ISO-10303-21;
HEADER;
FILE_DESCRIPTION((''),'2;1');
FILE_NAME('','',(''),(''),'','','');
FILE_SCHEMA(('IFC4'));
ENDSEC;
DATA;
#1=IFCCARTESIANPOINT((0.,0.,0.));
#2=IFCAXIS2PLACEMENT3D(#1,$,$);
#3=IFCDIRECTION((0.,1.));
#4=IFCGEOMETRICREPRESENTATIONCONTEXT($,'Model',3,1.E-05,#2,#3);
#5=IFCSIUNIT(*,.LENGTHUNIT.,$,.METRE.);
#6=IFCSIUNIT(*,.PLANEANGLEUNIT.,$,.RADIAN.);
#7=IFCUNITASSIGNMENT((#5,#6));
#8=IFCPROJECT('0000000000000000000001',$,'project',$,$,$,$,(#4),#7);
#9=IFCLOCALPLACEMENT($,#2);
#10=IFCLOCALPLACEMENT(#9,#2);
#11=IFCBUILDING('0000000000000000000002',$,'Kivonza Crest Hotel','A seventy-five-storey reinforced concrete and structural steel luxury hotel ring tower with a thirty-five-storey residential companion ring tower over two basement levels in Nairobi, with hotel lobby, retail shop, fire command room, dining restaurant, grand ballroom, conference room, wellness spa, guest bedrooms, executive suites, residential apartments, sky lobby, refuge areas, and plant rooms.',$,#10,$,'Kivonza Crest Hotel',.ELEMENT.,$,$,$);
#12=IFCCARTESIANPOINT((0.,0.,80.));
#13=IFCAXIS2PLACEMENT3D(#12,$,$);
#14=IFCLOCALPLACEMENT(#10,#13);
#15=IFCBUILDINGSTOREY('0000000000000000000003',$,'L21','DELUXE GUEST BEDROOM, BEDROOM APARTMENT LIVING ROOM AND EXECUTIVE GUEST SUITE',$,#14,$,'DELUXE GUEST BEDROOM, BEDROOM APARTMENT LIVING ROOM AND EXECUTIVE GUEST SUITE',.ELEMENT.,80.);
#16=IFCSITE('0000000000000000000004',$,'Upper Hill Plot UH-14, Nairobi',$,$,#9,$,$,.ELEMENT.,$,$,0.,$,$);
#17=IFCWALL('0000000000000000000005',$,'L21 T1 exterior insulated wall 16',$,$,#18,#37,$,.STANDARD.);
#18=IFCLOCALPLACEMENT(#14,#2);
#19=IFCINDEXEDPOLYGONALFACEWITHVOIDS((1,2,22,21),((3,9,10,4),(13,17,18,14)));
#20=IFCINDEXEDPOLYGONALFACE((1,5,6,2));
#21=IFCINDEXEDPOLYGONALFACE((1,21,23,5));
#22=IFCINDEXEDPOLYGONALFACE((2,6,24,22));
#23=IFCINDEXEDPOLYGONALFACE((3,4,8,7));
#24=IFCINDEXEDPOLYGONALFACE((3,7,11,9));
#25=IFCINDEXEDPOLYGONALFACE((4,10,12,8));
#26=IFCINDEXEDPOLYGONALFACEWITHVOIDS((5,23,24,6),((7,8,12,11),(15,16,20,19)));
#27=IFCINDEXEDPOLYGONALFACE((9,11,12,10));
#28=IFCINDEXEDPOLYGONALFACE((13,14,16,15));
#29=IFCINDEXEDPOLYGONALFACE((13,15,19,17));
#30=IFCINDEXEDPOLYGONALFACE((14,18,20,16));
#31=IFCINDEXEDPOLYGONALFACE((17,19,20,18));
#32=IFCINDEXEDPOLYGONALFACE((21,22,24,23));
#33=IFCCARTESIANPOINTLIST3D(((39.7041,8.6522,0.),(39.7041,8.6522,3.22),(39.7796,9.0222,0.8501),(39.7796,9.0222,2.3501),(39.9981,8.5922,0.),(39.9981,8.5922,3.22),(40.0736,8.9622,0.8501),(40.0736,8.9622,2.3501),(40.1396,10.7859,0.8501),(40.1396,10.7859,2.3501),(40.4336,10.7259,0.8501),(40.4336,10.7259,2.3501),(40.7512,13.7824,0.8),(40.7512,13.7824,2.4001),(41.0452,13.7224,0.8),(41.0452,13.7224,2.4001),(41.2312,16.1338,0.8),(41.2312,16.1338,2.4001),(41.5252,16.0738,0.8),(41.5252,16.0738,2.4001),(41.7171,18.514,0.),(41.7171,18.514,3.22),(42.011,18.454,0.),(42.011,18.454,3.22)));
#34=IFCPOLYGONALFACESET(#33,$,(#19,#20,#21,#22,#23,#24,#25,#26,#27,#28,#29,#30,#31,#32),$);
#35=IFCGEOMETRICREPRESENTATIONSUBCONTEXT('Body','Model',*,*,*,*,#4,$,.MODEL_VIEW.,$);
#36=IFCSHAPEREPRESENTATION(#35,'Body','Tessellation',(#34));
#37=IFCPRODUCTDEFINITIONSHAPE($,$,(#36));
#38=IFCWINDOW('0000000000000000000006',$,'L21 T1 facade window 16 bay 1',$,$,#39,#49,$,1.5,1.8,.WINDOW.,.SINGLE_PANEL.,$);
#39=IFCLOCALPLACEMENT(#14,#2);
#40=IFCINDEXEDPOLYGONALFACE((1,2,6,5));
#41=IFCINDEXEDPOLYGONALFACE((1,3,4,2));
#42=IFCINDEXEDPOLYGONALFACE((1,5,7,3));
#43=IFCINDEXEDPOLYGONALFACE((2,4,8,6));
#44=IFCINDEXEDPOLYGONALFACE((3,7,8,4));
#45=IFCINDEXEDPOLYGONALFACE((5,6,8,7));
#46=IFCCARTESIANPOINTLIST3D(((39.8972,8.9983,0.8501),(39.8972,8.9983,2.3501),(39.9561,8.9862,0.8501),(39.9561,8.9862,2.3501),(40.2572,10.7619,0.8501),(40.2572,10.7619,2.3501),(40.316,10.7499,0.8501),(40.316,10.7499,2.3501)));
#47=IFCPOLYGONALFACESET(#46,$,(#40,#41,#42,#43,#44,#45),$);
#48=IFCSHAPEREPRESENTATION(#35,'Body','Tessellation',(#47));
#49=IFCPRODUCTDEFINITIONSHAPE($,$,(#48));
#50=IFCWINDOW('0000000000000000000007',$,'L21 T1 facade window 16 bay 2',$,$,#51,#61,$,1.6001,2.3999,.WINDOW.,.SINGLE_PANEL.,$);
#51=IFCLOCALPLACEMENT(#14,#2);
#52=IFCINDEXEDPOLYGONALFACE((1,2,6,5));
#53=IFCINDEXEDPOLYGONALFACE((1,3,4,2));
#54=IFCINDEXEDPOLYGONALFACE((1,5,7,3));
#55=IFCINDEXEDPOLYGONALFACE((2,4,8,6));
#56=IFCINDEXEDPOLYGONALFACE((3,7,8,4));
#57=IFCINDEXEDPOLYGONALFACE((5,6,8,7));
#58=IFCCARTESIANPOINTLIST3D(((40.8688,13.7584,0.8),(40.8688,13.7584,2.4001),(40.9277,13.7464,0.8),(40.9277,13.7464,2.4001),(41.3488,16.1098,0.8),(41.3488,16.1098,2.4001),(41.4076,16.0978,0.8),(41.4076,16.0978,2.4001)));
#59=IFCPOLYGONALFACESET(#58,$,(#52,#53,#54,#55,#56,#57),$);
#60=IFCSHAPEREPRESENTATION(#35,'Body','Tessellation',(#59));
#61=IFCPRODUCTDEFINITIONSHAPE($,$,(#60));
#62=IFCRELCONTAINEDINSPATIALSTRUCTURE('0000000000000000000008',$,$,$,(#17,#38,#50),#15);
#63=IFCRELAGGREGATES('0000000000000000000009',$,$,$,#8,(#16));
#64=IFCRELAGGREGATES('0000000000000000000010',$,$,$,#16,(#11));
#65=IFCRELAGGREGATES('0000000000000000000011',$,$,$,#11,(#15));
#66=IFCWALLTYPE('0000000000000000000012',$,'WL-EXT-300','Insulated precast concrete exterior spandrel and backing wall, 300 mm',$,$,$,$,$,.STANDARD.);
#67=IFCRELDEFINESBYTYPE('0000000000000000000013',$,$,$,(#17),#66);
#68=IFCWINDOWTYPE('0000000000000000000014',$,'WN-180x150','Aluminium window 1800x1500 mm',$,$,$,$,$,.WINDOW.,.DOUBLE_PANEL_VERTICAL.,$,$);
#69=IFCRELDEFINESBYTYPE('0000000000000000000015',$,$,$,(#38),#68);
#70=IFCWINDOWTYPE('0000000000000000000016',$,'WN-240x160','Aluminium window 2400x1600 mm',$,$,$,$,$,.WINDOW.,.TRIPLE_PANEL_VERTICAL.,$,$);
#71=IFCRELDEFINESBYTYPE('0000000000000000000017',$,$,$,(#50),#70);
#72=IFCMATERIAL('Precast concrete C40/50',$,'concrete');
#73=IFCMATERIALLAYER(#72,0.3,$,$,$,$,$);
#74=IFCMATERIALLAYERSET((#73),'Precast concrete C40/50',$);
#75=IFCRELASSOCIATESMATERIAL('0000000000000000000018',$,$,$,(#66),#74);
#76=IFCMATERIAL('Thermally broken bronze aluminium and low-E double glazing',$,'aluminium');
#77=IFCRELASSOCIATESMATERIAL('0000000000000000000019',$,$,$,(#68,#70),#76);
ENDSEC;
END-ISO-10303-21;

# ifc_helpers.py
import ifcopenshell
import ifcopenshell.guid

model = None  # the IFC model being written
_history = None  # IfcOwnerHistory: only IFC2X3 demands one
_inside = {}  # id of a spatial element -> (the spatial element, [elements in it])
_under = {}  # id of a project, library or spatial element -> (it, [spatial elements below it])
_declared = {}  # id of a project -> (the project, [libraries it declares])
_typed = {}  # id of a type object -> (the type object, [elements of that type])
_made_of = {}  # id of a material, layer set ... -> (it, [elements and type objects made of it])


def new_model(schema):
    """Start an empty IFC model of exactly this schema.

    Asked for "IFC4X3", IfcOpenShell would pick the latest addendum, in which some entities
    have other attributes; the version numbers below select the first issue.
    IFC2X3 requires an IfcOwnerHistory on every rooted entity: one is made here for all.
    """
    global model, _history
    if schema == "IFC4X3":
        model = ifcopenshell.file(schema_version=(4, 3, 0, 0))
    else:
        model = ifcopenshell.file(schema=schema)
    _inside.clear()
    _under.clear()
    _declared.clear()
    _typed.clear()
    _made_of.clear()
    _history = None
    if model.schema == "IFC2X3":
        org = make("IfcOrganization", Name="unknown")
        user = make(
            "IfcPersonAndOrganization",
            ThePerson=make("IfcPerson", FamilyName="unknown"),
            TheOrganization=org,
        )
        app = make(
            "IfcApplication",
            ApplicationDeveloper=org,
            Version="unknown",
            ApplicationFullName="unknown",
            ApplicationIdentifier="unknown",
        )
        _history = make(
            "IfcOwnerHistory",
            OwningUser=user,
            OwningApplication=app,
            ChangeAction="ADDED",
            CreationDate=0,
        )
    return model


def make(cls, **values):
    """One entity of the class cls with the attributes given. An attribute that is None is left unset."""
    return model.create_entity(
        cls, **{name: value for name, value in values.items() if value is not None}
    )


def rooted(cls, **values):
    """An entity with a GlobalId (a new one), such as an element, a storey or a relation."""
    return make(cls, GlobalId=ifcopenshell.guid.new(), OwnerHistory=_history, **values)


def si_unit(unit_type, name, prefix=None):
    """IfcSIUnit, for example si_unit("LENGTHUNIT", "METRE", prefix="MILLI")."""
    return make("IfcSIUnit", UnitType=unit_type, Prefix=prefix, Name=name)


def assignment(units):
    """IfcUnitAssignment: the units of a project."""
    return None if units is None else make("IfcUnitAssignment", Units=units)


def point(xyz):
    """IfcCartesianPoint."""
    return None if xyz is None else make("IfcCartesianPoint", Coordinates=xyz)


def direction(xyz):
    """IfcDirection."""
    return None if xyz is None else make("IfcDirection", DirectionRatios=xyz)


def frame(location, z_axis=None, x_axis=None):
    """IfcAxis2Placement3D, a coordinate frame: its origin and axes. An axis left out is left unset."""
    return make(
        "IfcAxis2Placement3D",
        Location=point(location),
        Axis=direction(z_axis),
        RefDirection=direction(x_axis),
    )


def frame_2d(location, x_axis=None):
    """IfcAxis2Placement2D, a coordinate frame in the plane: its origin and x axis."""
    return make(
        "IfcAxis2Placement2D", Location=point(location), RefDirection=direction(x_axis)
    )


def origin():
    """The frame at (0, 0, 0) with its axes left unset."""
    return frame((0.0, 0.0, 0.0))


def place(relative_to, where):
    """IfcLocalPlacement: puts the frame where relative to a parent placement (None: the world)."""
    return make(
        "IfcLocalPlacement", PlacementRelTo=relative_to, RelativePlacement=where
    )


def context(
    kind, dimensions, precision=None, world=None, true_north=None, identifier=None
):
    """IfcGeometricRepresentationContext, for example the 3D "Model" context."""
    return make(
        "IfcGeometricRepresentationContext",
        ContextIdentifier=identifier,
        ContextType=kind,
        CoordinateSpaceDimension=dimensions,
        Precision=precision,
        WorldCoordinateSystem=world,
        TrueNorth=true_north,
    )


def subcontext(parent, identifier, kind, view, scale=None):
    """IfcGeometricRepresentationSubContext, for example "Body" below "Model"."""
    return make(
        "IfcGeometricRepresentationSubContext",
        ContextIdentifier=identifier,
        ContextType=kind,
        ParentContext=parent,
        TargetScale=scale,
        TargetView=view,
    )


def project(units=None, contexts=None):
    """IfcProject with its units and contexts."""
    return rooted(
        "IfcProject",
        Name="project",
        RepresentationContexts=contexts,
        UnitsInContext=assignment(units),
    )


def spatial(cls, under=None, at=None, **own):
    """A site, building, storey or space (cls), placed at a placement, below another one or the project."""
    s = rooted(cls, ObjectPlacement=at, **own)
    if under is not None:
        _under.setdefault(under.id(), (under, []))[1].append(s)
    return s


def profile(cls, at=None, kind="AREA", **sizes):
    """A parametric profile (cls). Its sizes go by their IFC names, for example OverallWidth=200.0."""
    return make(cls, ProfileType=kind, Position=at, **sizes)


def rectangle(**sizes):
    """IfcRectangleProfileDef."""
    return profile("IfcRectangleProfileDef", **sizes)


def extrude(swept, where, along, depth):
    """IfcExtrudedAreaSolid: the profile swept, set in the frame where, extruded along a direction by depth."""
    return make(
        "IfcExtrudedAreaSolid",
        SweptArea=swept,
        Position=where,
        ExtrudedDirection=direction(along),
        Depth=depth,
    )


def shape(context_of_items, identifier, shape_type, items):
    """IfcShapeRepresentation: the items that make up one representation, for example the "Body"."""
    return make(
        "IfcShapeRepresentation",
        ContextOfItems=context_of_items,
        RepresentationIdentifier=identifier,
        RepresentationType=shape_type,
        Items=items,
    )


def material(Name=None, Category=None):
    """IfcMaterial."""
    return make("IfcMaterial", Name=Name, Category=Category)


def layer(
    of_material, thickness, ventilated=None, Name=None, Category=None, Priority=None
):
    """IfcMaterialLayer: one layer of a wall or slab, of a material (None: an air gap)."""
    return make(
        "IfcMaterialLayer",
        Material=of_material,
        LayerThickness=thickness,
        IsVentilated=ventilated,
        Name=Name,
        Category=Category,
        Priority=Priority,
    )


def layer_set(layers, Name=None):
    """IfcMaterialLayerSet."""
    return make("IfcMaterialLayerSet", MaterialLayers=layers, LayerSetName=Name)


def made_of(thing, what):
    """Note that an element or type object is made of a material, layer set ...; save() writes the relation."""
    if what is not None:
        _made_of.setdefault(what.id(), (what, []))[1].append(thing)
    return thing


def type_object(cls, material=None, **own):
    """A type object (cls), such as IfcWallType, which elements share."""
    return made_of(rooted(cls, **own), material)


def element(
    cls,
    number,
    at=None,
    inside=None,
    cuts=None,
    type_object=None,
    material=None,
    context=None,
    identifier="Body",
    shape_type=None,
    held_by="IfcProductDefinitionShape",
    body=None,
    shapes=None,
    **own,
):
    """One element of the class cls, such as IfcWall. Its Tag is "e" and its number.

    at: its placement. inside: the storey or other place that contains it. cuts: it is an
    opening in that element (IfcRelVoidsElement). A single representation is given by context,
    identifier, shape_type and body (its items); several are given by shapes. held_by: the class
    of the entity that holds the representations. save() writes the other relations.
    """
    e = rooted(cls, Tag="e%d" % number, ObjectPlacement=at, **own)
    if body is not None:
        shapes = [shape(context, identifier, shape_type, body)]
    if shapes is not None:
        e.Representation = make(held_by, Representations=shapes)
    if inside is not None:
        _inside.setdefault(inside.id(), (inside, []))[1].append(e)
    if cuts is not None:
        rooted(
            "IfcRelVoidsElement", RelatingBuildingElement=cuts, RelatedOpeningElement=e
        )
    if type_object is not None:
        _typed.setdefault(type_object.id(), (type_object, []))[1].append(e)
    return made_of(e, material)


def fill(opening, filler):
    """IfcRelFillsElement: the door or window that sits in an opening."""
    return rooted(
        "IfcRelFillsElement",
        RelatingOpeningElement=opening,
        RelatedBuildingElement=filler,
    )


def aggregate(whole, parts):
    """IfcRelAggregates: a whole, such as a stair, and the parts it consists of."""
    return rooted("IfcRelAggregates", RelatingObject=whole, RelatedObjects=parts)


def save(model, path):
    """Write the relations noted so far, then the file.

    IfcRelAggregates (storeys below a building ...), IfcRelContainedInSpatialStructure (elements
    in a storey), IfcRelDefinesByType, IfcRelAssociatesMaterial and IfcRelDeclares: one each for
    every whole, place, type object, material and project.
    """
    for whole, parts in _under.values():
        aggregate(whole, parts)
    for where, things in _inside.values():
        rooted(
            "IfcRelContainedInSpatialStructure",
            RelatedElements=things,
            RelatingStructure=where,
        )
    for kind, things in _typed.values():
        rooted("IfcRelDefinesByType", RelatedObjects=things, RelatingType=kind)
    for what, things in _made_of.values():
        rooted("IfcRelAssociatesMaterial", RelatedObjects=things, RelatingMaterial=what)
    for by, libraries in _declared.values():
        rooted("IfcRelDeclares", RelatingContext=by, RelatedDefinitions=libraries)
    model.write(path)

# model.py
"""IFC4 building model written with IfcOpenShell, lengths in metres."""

from ifc_helpers import new_model, si_unit, direction, frame, frame_2d, origin, place, context, subcontext, project, spatial, rectangle, extrude, material, layer, layer_set, type_object, element, fill, save


model = new_model("IFC4")

# Units and contexts
model_context = context("Model", 3, precision=1e-05, world=origin(), true_north=direction((0.0, 1.0)))
body_context = subcontext(model_context, "Body", "Model", "MODEL_VIEW")
ifc_project = project(units=[si_unit("LENGTHUNIT", "METRE"), si_unit("PLANEANGLEUNIT", "RADIAN")], contexts=[model_context])

# Site, building, storey
site_placement = place(None, origin())
site = spatial("IfcSite", under=ifc_project, at=site_placement, Name="Upper Hill Plot UH-14, Nairobi", CompositionType="ELEMENT", RefElevation=0.0)
building_placement = place(site_placement, origin())
building = spatial("IfcBuilding", under=site, at=building_placement, Name="Kivonza Crest Hotel", Description="A seventy-five-storey reinforced concrete and structural steel luxury hotel ring tower with a thirty-five-storey residential companion ring tower over two basement levels in Nairobi, with hotel lobby, retail shop, fire command room, dining restaurant, grand ballroom, conference room, wellness spa, guest bedrooms, executive suites, residential apartments, sky lobby, refuge areas, and plant rooms.", LongName="Kivonza Crest Hotel", CompositionType="ELEMENT")
storey_placement = place(building_placement, frame((0.0, 0.0, 80.0)))
storey = spatial("IfcBuildingStorey", under=building, at=storey_placement, Name="L21", Description="DELUXE GUEST BEDROOM, BEDROOM APARTMENT LIVING ROOM AND EXECUTIVE GUEST SUITE", LongName="DELUXE GUEST BEDROOM, BEDROOM APARTMENT LIVING ROOM AND EXECUTIVE GUEST SUITE", CompositionType="ELEMENT", Elevation=80.0)

# Shared definitions
ifc_material_1 = material(Name="Precast concrete C40/50", Category="concrete")
ifc_layer_1 = layer(ifc_material_1, 0.3)
ifc_layer_set_1 = layer_set([ifc_layer_1], Name="Precast concrete C40/50")
wall_type_1 = type_object("IfcWallType", Name="WL-EXT-300", Description="Insulated precast concrete exterior spandrel and backing wall, 300 mm", PredefinedType="STANDARD", material=ifc_layer_set_1)

# Wall, openings, windows
wall_1_placement = place(storey_placement, frame((39.8511, 8.6221, 0.0), z_axis=(0.0, 0.0, 1.0), x_axis=(0.199991, 0.979798, 0.0)))
wall_1 = element("IfcWall", 1, at=wall_1_placement, inside=storey, type_object=wall_type_1, Name="L21 T1 exterior insulated wall 16", PredefinedType="STANDARD", context=body_context, shape_type="SweptSolid", body=[
    extrude(rectangle(XDim=10.0652, YDim=0.3, at=frame_2d((5.0327, 0.0))), origin(), (0.0, 0.0, 1.0), 3.22),
])
opening_1_placement = place(wall_1_placement, frame((0.3779, 0.0, 0.8501)))
opening_1 = element("IfcOpeningElement", 2, at=opening_1_placement, cuts=wall_1, PredefinedType="OPENING", context=body_context, shape_type="SweptSolid", body=[
    extrude(rectangle(XDim=1.8, YDim=1.5, at=frame_2d((0.8999, 0.75))), frame((0.0, 0.1602, 0.0), z_axis=(0.0, -1.0, 0.0), x_axis=(1.0, 0.0, 0.0)), (0.0, 0.0, 1.0), 0.3201),
])
opening_2_placement = place(wall_1_placement, frame((5.2361, 0.0, 0.8)))
opening_2 = element("IfcOpeningElement", 3, at=opening_2_placement, cuts=wall_1, PredefinedType="OPENING", context=body_context, shape_type="SweptSolid", body=[
    extrude(rectangle(XDim=2.3999, YDim=1.6001, at=frame_2d((1.2, 0.8))), frame((0.0, 0.1602, 0.0), z_axis=(0.0, -1.0, 0.0), x_axis=(1.0, 0.0, 0.0)), (0.0, 0.0, 1.0), 0.3201),
])
ifc_material_2 = material(Name="Thermally broken bronze aluminium and low-E double glazing", Category="aluminium")
window_type_1 = type_object("IfcWindowType", Name="WN-180x150", Description="Aluminium window 1800x1500 mm", PartitioningType="DOUBLE_PANEL_VERTICAL", PredefinedType="WINDOW", material=ifc_material_2)
window_1_placement = place(opening_1_placement, origin())
window_1 = element("IfcWindow", 4, at=window_1_placement, inside=storey, type_object=window_type_1, Name="L21 T1 facade window 16 bay 1", OverallHeight=1.5, OverallWidth=1.8, PartitioningType="SINGLE_PANEL", PredefinedType="WINDOW", context=body_context, shape_type="SweptSolid", body=[
    extrude(rectangle(XDim=1.8, YDim=1.5, at=frame_2d((0.8999, 0.75))), frame((0.0, 0.03, 0.0), z_axis=(0.0, -1.0, 0.0), x_axis=(1.0, 0.0, 0.0)), (0.0, 0.0, 1.0), 0.0601),
])
fill(opening_1, window_1)
window_type_2 = type_object("IfcWindowType", Name="WN-240x160", Description="Aluminium window 2400x1600 mm", PartitioningType="TRIPLE_PANEL_VERTICAL", PredefinedType="WINDOW", material=ifc_material_2)
window_2_placement = place(opening_2_placement, origin())
window_2 = element("IfcWindow", 5, at=window_2_placement, inside=storey, type_object=window_type_2, Name="L21 T1 facade window 16 bay 2", OverallHeight=1.6001, OverallWidth=2.3999, PartitioningType="SINGLE_PANEL", PredefinedType="WINDOW", context=body_context, shape_type="SweptSolid", body=[
    extrude(rectangle(XDim=2.3999, YDim=1.6001, at=frame_2d((1.2, 0.8))), frame((0.0, 0.03, 0.0), z_axis=(0.0, -1.0, 0.0), x_axis=(1.0, 0.0, 0.0)), (0.0, 0.0, 1.0), 0.0601),
])
fill(opening_2, window_2)

save(model, "model.ifc")
